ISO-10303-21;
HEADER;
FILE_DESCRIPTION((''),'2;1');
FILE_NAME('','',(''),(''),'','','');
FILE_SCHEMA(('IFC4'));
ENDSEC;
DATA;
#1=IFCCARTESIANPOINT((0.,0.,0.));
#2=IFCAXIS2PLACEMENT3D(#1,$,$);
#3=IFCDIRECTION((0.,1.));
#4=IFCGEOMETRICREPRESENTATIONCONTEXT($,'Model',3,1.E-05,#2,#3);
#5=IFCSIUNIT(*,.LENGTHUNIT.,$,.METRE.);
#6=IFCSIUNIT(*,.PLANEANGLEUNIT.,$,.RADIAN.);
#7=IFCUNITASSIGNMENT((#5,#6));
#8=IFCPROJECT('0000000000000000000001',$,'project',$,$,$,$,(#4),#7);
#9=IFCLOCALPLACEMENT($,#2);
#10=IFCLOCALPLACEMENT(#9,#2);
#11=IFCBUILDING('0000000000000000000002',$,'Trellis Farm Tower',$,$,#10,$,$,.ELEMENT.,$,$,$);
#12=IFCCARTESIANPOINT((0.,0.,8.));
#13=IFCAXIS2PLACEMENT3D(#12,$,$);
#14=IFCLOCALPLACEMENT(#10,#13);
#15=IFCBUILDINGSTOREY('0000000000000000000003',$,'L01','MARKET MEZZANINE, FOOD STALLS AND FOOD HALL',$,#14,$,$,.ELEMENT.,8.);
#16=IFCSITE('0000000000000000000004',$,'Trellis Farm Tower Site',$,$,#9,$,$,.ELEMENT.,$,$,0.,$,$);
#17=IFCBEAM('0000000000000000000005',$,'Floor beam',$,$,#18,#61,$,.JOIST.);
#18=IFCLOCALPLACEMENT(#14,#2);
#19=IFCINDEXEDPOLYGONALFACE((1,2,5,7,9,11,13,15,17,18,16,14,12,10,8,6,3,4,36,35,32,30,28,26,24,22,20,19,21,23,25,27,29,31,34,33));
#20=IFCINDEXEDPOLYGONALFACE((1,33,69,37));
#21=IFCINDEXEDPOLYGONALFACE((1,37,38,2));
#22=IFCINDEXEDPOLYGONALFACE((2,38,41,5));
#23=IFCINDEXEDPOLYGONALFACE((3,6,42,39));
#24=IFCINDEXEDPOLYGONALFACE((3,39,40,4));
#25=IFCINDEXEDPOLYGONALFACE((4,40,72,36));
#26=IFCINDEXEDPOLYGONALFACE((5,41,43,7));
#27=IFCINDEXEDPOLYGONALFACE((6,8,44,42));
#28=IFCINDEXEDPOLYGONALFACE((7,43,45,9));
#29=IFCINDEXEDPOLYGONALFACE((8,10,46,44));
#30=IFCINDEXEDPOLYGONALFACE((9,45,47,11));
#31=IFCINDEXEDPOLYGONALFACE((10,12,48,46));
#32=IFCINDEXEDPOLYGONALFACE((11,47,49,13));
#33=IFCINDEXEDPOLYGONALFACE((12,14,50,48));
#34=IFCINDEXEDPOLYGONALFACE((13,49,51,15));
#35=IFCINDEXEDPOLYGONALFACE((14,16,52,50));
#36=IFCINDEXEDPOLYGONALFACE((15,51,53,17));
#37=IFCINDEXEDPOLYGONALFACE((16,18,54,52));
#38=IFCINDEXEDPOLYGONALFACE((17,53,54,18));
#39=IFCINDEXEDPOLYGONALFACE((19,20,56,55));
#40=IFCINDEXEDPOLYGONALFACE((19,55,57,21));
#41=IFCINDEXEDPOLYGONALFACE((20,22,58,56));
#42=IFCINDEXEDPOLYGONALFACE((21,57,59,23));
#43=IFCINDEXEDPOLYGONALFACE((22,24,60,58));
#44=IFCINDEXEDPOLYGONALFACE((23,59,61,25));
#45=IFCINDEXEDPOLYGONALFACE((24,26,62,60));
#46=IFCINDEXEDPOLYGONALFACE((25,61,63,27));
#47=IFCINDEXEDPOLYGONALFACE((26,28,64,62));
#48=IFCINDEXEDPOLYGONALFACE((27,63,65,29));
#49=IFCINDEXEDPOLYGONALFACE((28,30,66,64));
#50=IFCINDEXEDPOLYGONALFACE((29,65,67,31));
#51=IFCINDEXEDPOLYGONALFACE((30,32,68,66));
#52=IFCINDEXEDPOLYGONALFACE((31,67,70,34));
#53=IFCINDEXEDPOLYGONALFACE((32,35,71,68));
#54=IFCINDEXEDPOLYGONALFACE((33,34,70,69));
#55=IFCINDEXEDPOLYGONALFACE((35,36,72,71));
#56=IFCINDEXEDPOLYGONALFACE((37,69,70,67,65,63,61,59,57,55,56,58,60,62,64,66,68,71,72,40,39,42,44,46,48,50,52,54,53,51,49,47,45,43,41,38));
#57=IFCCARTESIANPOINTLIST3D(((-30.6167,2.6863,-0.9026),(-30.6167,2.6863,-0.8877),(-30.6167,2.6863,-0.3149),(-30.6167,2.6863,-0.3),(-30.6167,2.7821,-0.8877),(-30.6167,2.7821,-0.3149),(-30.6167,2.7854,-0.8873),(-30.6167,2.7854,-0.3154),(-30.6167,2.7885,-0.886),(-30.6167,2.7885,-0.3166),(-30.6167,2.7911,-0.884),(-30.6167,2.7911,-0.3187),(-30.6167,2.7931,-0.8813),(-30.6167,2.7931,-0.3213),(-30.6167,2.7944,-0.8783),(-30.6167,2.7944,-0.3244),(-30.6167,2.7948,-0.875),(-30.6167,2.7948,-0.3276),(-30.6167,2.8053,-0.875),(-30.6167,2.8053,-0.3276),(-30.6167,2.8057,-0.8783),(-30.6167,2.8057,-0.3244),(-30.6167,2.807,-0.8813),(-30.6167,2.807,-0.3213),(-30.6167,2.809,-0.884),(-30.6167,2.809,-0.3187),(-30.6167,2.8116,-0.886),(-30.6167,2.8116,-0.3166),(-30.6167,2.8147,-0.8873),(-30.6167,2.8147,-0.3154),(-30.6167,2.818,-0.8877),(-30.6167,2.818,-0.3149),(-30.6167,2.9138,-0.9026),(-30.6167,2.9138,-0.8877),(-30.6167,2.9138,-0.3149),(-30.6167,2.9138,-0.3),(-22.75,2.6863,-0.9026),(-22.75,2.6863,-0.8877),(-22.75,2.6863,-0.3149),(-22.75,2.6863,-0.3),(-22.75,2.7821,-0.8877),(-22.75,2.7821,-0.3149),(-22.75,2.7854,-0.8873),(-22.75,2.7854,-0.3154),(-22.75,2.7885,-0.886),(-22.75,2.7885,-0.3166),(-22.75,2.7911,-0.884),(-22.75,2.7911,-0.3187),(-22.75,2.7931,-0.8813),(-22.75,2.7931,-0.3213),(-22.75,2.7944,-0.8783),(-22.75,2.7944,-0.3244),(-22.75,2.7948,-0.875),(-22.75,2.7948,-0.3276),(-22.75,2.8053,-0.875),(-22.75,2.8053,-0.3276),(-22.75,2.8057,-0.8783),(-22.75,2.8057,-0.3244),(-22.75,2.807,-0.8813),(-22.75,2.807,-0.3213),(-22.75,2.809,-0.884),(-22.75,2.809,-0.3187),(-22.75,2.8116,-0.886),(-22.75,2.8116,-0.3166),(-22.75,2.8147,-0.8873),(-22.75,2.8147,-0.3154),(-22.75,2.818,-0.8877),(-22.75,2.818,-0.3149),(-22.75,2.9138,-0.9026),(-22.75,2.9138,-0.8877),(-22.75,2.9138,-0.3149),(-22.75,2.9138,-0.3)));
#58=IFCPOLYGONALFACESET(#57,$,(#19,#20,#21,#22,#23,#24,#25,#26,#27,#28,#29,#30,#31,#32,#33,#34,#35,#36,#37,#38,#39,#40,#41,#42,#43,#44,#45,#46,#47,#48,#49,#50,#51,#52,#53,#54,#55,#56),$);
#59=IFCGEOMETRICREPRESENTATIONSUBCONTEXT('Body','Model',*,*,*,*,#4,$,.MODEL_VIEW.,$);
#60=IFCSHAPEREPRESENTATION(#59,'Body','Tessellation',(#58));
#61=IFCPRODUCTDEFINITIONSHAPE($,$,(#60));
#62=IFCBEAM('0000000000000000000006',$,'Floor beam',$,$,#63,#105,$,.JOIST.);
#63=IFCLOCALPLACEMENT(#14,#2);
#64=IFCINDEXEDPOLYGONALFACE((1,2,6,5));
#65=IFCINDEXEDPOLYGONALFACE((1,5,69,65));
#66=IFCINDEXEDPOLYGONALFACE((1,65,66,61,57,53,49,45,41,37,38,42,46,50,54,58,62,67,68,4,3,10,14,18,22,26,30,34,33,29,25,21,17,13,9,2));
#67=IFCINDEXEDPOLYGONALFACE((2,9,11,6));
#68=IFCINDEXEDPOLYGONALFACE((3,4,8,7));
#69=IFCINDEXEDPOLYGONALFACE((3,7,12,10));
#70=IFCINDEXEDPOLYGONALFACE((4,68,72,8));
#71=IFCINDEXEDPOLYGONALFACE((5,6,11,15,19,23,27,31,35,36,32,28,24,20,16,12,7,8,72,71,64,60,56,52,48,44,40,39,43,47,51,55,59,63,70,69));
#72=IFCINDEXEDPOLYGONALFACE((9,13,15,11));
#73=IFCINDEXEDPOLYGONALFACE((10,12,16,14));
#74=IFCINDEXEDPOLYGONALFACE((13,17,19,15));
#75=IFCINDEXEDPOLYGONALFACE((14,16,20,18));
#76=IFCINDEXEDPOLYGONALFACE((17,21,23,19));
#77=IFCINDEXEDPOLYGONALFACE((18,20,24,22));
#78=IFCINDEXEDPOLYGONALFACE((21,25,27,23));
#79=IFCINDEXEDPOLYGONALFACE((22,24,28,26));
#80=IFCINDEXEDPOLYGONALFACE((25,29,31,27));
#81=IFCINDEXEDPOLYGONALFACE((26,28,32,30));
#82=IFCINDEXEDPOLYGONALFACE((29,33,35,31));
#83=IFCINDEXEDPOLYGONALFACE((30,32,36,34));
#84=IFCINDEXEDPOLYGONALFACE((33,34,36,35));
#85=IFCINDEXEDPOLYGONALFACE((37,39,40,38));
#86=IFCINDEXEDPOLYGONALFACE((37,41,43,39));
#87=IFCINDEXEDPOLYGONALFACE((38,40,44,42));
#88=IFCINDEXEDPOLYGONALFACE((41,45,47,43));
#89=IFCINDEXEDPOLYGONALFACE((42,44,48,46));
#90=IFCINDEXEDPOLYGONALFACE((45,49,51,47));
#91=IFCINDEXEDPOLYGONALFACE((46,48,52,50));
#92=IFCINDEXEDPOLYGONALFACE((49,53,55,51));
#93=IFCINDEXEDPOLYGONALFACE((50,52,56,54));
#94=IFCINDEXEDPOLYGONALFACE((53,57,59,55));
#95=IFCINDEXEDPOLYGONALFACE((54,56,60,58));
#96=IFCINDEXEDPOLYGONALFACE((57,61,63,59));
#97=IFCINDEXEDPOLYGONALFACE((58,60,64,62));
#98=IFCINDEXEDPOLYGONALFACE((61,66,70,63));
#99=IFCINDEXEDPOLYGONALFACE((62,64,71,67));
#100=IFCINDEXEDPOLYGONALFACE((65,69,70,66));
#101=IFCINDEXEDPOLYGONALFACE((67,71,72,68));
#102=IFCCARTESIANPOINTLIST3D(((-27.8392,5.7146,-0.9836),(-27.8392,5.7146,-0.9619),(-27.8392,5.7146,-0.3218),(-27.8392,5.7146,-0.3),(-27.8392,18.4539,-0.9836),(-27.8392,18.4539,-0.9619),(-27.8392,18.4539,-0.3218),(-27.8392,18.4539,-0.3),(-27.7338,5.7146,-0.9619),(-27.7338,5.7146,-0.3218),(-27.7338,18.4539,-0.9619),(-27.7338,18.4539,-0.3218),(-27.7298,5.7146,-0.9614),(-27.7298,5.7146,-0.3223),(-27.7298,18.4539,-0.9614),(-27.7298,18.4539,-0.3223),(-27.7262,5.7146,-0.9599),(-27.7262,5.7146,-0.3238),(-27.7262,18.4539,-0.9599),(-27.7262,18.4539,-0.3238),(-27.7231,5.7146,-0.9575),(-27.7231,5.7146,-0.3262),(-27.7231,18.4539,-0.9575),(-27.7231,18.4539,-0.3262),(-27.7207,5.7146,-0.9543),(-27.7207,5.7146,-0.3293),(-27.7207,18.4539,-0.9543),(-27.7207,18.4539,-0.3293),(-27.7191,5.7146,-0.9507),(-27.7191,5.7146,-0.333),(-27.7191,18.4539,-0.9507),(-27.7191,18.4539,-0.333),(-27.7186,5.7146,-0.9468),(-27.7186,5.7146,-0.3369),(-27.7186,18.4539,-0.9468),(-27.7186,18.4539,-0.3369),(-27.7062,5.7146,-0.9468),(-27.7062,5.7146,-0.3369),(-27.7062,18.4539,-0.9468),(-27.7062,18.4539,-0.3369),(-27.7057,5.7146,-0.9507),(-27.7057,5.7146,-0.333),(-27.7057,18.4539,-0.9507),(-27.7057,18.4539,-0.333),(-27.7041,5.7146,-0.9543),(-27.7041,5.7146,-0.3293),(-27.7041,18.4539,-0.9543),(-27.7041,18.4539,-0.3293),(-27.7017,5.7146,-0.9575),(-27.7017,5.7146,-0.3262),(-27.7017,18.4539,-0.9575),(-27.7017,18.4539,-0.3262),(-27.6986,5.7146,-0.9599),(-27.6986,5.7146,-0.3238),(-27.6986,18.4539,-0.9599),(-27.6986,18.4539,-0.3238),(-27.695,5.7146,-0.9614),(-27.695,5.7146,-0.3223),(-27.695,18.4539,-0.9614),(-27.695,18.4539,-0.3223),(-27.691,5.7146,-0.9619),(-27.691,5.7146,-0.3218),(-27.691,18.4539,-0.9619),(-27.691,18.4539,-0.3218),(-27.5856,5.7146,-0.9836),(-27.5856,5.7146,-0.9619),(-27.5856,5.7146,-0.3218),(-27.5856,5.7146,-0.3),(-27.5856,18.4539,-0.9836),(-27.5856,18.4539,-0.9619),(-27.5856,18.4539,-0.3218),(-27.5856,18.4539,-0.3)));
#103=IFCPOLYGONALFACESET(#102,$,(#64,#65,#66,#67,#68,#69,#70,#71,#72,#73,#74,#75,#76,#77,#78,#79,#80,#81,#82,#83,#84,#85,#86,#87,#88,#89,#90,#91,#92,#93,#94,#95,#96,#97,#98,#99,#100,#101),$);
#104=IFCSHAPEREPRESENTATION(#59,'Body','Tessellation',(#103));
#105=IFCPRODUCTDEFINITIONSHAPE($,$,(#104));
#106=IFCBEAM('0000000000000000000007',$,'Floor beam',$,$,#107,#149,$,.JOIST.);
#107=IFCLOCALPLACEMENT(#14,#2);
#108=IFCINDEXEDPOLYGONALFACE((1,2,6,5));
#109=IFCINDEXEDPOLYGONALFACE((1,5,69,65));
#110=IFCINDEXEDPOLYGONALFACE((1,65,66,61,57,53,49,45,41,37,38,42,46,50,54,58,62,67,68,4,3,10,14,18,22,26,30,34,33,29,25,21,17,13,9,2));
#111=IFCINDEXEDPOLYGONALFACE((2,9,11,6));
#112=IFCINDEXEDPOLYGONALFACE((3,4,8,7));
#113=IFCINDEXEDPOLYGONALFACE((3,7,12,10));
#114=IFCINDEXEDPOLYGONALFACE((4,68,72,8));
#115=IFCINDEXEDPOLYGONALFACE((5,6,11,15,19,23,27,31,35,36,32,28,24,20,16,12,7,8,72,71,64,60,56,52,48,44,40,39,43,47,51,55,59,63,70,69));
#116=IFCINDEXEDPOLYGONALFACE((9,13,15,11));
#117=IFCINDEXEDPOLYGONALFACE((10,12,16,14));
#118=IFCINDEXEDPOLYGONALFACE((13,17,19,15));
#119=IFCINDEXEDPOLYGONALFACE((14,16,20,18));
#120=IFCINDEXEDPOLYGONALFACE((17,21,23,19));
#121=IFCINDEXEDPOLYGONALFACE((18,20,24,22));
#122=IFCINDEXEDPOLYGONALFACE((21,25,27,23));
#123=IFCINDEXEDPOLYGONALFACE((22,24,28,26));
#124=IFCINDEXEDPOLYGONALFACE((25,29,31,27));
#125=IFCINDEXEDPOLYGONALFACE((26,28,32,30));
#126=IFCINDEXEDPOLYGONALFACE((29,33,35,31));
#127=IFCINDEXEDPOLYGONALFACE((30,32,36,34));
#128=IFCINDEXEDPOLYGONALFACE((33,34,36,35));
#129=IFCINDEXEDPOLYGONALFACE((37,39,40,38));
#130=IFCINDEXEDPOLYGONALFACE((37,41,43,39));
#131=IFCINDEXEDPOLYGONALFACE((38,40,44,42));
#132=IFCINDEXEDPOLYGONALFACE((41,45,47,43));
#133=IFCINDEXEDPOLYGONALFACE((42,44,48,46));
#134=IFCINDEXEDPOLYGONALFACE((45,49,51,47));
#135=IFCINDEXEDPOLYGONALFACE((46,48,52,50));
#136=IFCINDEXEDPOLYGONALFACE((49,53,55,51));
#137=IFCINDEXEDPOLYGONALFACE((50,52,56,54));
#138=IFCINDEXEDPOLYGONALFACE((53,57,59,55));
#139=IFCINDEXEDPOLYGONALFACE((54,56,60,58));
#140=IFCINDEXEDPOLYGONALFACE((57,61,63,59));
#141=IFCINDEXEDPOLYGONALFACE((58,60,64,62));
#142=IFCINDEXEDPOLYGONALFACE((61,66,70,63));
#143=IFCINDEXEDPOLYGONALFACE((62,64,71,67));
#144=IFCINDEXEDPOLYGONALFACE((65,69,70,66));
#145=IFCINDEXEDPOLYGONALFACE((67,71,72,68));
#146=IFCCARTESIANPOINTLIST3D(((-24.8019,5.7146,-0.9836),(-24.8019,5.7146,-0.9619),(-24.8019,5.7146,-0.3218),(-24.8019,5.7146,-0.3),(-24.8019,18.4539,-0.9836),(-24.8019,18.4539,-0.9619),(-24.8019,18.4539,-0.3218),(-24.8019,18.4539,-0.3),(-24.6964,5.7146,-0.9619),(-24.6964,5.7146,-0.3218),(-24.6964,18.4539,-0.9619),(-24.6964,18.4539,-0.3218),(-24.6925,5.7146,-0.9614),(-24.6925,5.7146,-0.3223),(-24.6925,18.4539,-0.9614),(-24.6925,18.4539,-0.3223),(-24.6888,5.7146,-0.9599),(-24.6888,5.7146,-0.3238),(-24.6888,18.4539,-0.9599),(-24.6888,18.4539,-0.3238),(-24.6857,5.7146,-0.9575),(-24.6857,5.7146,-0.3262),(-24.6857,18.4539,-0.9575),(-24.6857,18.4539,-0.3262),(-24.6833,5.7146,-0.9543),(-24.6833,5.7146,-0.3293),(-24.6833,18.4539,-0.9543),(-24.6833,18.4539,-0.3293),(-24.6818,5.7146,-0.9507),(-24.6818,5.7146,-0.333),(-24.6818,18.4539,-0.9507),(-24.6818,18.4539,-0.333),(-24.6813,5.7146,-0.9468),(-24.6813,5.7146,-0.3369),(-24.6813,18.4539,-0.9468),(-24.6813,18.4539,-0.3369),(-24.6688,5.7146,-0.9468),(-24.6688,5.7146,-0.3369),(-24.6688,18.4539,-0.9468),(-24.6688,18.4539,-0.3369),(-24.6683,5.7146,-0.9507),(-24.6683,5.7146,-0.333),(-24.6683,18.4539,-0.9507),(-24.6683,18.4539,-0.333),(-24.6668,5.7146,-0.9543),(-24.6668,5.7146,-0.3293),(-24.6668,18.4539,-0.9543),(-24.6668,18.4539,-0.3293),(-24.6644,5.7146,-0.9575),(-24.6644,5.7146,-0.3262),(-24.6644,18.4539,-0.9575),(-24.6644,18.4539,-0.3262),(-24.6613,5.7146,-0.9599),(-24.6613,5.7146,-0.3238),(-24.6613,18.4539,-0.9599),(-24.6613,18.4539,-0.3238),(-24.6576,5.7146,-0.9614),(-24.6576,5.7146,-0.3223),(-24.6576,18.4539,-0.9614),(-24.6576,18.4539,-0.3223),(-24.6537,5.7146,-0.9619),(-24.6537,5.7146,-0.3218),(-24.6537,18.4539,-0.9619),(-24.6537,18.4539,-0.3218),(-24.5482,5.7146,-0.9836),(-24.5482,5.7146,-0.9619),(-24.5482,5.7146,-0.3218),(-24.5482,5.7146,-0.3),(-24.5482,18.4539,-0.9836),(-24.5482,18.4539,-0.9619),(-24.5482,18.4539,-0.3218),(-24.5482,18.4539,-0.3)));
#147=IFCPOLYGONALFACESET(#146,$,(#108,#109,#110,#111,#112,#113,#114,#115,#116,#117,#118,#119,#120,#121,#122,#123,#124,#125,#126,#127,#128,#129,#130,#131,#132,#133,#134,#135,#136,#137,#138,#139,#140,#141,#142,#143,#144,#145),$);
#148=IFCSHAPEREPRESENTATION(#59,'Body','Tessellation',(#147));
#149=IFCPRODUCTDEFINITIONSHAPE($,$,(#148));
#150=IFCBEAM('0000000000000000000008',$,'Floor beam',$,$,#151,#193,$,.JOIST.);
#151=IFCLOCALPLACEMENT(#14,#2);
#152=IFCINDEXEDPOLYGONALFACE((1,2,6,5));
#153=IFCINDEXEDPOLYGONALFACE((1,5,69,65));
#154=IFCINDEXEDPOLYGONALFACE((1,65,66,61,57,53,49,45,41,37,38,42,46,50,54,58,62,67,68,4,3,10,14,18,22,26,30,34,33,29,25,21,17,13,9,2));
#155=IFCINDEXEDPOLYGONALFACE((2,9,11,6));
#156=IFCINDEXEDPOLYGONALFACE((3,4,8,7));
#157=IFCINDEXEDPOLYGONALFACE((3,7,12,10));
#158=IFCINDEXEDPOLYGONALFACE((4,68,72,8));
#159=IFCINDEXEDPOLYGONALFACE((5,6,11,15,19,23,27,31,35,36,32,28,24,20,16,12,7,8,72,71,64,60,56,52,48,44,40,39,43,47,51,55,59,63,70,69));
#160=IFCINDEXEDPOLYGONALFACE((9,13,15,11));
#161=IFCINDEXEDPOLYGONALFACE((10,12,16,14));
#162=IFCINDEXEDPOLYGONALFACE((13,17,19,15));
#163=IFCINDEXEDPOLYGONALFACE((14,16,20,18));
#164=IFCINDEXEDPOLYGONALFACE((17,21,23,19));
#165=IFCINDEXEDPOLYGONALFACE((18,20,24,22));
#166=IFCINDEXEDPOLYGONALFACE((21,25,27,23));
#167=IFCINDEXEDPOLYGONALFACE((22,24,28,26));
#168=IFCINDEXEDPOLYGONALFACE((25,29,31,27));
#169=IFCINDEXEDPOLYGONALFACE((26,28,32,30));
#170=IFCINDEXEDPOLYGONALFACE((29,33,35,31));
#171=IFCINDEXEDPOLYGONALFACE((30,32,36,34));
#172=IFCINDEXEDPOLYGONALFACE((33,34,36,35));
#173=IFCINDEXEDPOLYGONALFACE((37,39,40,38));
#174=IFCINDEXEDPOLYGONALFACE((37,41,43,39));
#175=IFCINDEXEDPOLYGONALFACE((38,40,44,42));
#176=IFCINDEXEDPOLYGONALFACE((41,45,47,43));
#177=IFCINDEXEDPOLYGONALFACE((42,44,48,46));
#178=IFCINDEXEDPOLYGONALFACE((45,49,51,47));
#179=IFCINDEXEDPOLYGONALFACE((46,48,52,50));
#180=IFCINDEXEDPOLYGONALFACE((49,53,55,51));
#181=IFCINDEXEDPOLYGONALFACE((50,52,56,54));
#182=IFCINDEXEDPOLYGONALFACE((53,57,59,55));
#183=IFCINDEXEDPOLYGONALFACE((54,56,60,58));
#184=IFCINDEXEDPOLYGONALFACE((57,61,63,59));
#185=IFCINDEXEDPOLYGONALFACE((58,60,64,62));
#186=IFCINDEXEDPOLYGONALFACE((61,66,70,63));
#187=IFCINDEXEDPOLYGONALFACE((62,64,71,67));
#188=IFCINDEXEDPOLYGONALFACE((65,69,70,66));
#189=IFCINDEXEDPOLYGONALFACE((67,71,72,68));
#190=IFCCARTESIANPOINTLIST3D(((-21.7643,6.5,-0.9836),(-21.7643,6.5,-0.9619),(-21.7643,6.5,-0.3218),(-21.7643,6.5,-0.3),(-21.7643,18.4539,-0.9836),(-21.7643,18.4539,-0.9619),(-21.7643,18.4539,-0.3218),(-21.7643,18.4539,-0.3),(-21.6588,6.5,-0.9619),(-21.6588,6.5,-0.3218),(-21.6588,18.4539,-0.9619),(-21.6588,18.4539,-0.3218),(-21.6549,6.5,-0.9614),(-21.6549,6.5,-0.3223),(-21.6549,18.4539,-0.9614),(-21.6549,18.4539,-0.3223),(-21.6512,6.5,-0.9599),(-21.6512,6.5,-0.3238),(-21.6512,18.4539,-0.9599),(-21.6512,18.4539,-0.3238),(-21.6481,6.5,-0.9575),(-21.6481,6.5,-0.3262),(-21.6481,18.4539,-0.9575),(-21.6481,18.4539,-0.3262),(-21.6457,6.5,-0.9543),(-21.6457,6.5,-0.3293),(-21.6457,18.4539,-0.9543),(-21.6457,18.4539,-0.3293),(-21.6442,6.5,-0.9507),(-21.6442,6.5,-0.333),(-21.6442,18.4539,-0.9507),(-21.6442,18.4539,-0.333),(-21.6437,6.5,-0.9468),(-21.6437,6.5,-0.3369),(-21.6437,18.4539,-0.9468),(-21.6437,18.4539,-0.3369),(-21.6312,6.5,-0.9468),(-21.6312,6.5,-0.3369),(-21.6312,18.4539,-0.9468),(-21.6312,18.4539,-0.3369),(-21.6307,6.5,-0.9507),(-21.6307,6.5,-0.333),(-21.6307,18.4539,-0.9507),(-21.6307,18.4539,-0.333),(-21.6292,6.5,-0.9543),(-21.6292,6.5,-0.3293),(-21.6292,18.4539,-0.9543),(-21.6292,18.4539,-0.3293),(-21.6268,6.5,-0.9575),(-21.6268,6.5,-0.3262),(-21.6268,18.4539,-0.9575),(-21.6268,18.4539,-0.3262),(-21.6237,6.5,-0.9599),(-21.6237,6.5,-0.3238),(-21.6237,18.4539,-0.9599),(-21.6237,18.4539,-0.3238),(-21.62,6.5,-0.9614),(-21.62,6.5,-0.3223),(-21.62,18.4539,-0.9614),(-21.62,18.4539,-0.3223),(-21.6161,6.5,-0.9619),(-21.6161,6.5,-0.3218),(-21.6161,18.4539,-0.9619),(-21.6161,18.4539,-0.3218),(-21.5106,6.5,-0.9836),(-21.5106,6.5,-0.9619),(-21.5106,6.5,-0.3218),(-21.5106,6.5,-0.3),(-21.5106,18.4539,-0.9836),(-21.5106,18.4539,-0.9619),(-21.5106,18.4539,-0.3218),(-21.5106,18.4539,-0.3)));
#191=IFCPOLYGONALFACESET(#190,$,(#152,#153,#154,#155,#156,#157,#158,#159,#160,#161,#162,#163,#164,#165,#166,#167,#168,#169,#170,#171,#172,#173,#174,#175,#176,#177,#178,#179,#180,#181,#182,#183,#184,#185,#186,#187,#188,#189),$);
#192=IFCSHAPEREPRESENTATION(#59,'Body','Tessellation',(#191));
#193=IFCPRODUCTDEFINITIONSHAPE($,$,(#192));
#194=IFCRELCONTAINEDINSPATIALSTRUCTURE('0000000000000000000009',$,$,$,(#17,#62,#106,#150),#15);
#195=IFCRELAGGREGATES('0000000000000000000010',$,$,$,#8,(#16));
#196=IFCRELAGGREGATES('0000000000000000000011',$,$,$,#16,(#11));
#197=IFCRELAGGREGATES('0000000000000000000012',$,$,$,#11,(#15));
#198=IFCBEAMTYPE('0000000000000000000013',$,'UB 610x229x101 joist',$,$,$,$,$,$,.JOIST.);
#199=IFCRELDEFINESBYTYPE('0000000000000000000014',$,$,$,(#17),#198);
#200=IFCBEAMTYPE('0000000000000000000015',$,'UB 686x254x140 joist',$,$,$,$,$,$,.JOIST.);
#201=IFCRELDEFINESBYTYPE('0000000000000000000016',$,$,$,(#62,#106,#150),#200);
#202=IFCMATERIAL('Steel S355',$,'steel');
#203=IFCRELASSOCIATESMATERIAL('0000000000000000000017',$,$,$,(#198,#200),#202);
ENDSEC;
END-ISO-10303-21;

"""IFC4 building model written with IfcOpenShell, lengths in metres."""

from ifc_helpers import new_model, si_unit, direction, frame, origin, origin_2d, place, context, subcontext, project, spatial, i_section, extrude, source, transform, mapped, material, material_profile, profile_set, type_object, element, save


model = new_model("IFC4")

# Units and contexts
model_context = context("Model", 3, precision=1e-05, world=origin(), true_north=direction((0.0, 1.0)))
body_context = subcontext(model_context, "Body", "Model", "MODEL_VIEW")
ifc_project = project(units=[si_unit("LENGTHUNIT", "METRE"), si_unit("PLANEANGLEUNIT", "RADIAN")], contexts=[model_context])

# Site, building, storey
site_placement = place(None, origin())
site = spatial("IfcSite", under=ifc_project, at=site_placement, Name="Trellis Farm Tower Site", CompositionType="ELEMENT", RefElevation=0.0)
building_placement = place(site_placement, origin())
building = spatial("IfcBuilding", under=site, at=building_placement, Name="Trellis Farm Tower", CompositionType="ELEMENT")
storey_placement = place(building_placement, frame((0.0, 0.0, 8.0)))
storey = spatial("IfcBuildingStorey", under=building, at=storey_placement, Name="L01", Description="MARKET MEZZANINE, FOOD STALLS AND FOOD HALL", CompositionType="ELEMENT", Elevation=8.0)

# Beams
ifc_material_1 = material(Name="Steel S355", Category="steel")
ifc_material_profile_1 = material_profile(ifc_material_1, i_section(OverallWidth=0.2275, OverallDepth=0.6025, WebThickness=0.0105, FlangeThickness=0.0149, FilletRadius=0.0127, at=origin_2d()), Name="UB 610x229x101")
ifc_profile_set_1 = profile_set([ifc_material_profile_1], Name="Steel S355")
beam_type_1 = type_object("IfcBeamType", Name="UB 610x229x101 joist", PredefinedType="JOIST", material=ifc_profile_set_1)
shared_shape_1 = source(origin(), body_context, "Body", "SweptSolid", [
    extrude(i_section(OverallWidth=0.2275, OverallDepth=0.6025, WebThickness=0.0105, FlangeThickness=0.0149, FilletRadius=0.0127, at=origin_2d()), origin(), (0.0, 0.0, 1.0), 7.8667),
])
beam_1_placement = place(storey_placement, frame((-30.6167, 2.8, -0.6013), z_axis=(1.0, 0.0, 0.0), x_axis=(0.0, 1.0, 0.0)))
element("IfcBeam", 1, at=beam_1_placement, inside=storey, type_object=beam_type_1, Name="Floor beam", PredefinedType="JOIST", context=body_context, shape_type="MappedRepresentation", body=[
    mapped(shared_shape_1, transform((0.0, 0.0, 0.0))),
])
ifc_material_profile_2 = material_profile(ifc_material_1, i_section(OverallWidth=0.2537, OverallDepth=0.6836, WebThickness=0.0125, FlangeThickness=0.0217, FilletRadius=0.0151, at=origin_2d()), Name="UB 686x254x140")
ifc_profile_set_2 = profile_set([ifc_material_profile_2], Name="Steel S355")
beam_type_2 = type_object("IfcBeamType", Name="UB 686x254x140 joist", PredefinedType="JOIST", material=ifc_profile_set_2)
shared_shape_2 = source(origin(), body_context, "Body", "SweptSolid", [
    extrude(i_section(OverallWidth=0.2537, OverallDepth=0.6836, WebThickness=0.0125, FlangeThickness=0.0217, FilletRadius=0.0151, at=origin_2d()), origin(), (0.0, 0.0, 1.0), 12.7393),
])
for number, where, z_axis, x_axis, name in (
    (2, (-27.7124, 5.7146, -0.6418), (0.0, 1.0, 0.0), (-1.0, 0.0, 0.0), "Floor beam"),
    (3, (-24.675, 5.7146, -0.6418), (0.0, 1.0, 0.0), (-1.0, 0.0, 0.0), "Floor beam"),
):
    element("IfcBeam", number, at=place(storey_placement, frame(where, z_axis=z_axis, x_axis=x_axis)), inside=storey, type_object=beam_type_2, Name=name, PredefinedType="JOIST", context=body_context, shape_type="MappedRepresentation", body=[
        mapped(shared_shape_2, transform((0.0, 0.0, 0.0))),
    ])
shared_shape_3 = source(origin(), body_context, "Body", "SweptSolid", [
    extrude(i_section(OverallWidth=0.2537, OverallDepth=0.6836, WebThickness=0.0125, FlangeThickness=0.0217, FilletRadius=0.0151, at=origin_2d()), origin(), (0.0, 0.0, 1.0), 11.9539),
])
beam_2_placement = place(storey_placement, frame((-21.6375, 6.5, -0.6418), z_axis=(0.0, 1.0, 0.0), x_axis=(-1.0, 0.0, 0.0)))
element("IfcBeam", 4, at=beam_2_placement, inside=storey, type_object=beam_type_2, Name="Floor beam", PredefinedType="JOIST", context=body_context, shape_type="MappedRepresentation", body=[
    mapped(shared_shape_3, transform((0.0, 0.0, 0.0))),
])

save(model, "model.ifc")
